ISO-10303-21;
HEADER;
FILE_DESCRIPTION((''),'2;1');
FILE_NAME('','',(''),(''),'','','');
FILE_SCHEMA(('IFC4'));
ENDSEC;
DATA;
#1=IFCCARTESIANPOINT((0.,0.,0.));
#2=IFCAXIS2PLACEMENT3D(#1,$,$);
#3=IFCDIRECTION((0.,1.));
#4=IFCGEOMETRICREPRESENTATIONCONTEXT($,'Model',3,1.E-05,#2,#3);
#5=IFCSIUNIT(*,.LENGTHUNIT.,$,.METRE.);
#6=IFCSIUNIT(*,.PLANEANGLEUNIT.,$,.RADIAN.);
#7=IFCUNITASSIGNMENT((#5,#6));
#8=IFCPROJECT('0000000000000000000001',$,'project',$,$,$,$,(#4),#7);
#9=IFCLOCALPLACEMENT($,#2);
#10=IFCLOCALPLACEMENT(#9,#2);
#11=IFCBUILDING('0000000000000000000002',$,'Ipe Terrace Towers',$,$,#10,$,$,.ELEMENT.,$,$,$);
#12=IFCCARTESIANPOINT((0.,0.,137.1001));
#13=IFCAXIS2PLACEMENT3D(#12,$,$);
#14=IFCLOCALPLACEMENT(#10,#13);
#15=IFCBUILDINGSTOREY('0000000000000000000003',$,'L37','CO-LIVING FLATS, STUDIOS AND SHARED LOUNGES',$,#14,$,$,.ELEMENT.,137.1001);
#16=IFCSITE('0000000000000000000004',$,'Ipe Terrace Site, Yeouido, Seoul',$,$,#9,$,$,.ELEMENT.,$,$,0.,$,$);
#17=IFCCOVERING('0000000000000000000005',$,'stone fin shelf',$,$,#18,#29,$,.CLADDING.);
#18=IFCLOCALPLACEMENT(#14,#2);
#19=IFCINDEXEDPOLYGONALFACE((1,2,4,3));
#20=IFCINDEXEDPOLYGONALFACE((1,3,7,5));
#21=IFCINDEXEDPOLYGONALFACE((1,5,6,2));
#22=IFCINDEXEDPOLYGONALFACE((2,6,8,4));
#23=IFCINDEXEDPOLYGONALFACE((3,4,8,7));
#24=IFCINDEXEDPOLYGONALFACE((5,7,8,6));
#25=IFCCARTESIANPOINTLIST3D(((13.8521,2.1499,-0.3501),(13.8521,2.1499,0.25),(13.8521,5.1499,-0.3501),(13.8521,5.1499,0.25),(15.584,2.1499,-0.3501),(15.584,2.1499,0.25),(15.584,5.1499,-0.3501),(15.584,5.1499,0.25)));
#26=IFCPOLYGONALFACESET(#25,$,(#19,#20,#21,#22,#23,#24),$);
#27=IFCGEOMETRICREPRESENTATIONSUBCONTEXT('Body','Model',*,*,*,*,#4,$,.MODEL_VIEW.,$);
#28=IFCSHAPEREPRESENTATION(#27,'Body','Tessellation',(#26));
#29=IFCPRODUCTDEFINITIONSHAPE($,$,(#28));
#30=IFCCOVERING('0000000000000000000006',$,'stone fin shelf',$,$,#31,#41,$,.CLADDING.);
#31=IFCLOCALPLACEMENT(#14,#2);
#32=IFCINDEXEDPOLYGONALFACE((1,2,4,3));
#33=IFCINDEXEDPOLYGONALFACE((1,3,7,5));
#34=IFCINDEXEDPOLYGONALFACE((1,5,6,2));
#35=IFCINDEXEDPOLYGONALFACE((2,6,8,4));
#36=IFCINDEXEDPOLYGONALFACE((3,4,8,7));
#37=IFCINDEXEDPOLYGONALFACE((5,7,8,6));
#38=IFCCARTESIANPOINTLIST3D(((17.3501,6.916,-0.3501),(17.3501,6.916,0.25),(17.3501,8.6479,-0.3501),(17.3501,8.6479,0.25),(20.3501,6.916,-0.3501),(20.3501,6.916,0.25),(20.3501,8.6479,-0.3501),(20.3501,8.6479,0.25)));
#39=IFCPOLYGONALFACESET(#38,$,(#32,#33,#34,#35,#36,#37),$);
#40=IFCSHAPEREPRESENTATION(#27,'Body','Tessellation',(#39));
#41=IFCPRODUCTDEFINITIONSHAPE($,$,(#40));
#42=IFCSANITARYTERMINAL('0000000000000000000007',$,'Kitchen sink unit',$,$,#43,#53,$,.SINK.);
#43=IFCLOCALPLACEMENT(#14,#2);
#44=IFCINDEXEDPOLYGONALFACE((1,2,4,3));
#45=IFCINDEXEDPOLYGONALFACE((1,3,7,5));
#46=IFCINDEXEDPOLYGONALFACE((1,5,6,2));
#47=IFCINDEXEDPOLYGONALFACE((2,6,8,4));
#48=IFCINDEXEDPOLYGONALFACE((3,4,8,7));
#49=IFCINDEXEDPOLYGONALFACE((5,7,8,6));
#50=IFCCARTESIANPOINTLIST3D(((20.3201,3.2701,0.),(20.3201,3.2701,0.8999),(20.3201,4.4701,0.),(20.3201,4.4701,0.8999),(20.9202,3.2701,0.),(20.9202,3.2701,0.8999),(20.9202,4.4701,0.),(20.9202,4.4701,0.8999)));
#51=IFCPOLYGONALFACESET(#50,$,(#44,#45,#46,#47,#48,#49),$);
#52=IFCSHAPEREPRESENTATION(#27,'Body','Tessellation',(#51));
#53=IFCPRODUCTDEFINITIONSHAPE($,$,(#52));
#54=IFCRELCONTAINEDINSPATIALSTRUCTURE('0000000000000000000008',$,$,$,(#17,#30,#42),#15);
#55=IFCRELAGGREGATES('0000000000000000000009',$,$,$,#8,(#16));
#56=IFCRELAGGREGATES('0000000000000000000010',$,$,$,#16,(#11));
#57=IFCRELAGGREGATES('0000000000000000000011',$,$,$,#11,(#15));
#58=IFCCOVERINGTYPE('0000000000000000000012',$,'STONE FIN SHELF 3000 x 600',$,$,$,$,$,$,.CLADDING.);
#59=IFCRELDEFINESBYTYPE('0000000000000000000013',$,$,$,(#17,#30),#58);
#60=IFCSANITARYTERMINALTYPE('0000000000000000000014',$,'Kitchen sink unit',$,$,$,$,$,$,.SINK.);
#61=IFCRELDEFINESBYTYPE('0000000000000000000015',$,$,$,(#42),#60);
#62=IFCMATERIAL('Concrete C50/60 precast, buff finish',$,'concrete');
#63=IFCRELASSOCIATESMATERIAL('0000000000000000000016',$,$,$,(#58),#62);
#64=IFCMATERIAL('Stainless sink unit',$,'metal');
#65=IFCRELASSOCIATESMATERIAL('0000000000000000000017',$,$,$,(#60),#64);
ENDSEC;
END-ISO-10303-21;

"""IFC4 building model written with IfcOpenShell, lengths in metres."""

from ifc_helpers import new_model, si_unit, direction, frame, origin, origin_2d, place, context, subcontext, project, spatial, rectangle, extrude, material, type_object, element, save


model = new_model("IFC4")

# Units and contexts
model_context = context("Model", 3, precision=1e-05, world=origin(), true_north=direction((0.0, 1.0)))
body_context = subcontext(model_context, "Body", "Model", "MODEL_VIEW")
ifc_project = project(units=[si_unit("LENGTHUNIT", "METRE"), si_unit("PLANEANGLEUNIT", "RADIAN")], contexts=[model_context])

# Site, building, storey
site_placement = place(None, origin())
site = spatial("IfcSite", under=ifc_project, at=site_placement, Name="Ipe Terrace Site, Yeouido, Seoul", CompositionType="ELEMENT", RefElevation=0.0)
building_placement = place(site_placement, origin())
building = spatial("IfcBuilding", under=site, at=building_placement, Name="Ipe Terrace Towers", CompositionType="ELEMENT")
storey_placement = place(building_placement, frame((0.0, 0.0, 137.1001)))
storey = spatial("IfcBuildingStorey", under=building, at=storey_placement, Name="L37", Description="CO-LIVING FLATS, STUDIOS AND SHARED LOUNGES", CompositionType="ELEMENT", Elevation=137.1001)

# Coverings
ifc_material_1 = material(Name="Concrete C50/60 precast, buff finish", Category="concrete")
covering_type_1 = type_object("IfcCoveringType", Name="STONE FIN SHELF 3000 x 600", PredefinedType="CLADDING", material=ifc_material_1)
for number, where, z_axis, x_axis, name in (
    (1, (14.718, 3.6499, -0.3501), (0.0, 0.0, 1.0), (0.0, -1.0, 0.0), "stone fin shelf"),
    (2, (18.8501, 7.782, -0.3501), (0.0, 0.0, 1.0), (-1.0, 0.0, 0.0), "stone fin shelf"),
):
    element("IfcCovering", number, at=place(storey_placement, frame(where, z_axis=z_axis, x_axis=x_axis)), inside=storey, type_object=covering_type_1, Name=name, PredefinedType="CLADDING", context=body_context, shape_type="SweptSolid", body=[
        extrude(rectangle(XDim=3.0, YDim=1.7319, at=origin_2d()), origin(), (0.0, 0.0, 1.0), 0.6001),
    ])

# Sanitary terminal
ifc_material_2 = material(Name="Stainless sink unit", Category="metal")
sanitary_terminal_type = type_object("IfcSanitaryTerminalType", Name="Kitchen sink unit", PredefinedType="SINK", material=ifc_material_2)
sanitary_terminal_placement = place(storey_placement, frame((20.6201, 3.8701, 0.0), z_axis=(0.0, 0.0, 1.0), x_axis=(0.0, 1.0, 0.0)))
element("IfcSanitaryTerminal", 3, at=sanitary_terminal_placement, inside=storey, type_object=sanitary_terminal_type, Name="Kitchen sink unit", PredefinedType="SINK", context=body_context, shape_type="SweptSolid", body=[
    extrude(rectangle(XDim=1.2, YDim=0.6001, at=origin_2d()), origin(), (0.0, 0.0, 1.0), 0.8999),
])

save(model, "model.ifc")
